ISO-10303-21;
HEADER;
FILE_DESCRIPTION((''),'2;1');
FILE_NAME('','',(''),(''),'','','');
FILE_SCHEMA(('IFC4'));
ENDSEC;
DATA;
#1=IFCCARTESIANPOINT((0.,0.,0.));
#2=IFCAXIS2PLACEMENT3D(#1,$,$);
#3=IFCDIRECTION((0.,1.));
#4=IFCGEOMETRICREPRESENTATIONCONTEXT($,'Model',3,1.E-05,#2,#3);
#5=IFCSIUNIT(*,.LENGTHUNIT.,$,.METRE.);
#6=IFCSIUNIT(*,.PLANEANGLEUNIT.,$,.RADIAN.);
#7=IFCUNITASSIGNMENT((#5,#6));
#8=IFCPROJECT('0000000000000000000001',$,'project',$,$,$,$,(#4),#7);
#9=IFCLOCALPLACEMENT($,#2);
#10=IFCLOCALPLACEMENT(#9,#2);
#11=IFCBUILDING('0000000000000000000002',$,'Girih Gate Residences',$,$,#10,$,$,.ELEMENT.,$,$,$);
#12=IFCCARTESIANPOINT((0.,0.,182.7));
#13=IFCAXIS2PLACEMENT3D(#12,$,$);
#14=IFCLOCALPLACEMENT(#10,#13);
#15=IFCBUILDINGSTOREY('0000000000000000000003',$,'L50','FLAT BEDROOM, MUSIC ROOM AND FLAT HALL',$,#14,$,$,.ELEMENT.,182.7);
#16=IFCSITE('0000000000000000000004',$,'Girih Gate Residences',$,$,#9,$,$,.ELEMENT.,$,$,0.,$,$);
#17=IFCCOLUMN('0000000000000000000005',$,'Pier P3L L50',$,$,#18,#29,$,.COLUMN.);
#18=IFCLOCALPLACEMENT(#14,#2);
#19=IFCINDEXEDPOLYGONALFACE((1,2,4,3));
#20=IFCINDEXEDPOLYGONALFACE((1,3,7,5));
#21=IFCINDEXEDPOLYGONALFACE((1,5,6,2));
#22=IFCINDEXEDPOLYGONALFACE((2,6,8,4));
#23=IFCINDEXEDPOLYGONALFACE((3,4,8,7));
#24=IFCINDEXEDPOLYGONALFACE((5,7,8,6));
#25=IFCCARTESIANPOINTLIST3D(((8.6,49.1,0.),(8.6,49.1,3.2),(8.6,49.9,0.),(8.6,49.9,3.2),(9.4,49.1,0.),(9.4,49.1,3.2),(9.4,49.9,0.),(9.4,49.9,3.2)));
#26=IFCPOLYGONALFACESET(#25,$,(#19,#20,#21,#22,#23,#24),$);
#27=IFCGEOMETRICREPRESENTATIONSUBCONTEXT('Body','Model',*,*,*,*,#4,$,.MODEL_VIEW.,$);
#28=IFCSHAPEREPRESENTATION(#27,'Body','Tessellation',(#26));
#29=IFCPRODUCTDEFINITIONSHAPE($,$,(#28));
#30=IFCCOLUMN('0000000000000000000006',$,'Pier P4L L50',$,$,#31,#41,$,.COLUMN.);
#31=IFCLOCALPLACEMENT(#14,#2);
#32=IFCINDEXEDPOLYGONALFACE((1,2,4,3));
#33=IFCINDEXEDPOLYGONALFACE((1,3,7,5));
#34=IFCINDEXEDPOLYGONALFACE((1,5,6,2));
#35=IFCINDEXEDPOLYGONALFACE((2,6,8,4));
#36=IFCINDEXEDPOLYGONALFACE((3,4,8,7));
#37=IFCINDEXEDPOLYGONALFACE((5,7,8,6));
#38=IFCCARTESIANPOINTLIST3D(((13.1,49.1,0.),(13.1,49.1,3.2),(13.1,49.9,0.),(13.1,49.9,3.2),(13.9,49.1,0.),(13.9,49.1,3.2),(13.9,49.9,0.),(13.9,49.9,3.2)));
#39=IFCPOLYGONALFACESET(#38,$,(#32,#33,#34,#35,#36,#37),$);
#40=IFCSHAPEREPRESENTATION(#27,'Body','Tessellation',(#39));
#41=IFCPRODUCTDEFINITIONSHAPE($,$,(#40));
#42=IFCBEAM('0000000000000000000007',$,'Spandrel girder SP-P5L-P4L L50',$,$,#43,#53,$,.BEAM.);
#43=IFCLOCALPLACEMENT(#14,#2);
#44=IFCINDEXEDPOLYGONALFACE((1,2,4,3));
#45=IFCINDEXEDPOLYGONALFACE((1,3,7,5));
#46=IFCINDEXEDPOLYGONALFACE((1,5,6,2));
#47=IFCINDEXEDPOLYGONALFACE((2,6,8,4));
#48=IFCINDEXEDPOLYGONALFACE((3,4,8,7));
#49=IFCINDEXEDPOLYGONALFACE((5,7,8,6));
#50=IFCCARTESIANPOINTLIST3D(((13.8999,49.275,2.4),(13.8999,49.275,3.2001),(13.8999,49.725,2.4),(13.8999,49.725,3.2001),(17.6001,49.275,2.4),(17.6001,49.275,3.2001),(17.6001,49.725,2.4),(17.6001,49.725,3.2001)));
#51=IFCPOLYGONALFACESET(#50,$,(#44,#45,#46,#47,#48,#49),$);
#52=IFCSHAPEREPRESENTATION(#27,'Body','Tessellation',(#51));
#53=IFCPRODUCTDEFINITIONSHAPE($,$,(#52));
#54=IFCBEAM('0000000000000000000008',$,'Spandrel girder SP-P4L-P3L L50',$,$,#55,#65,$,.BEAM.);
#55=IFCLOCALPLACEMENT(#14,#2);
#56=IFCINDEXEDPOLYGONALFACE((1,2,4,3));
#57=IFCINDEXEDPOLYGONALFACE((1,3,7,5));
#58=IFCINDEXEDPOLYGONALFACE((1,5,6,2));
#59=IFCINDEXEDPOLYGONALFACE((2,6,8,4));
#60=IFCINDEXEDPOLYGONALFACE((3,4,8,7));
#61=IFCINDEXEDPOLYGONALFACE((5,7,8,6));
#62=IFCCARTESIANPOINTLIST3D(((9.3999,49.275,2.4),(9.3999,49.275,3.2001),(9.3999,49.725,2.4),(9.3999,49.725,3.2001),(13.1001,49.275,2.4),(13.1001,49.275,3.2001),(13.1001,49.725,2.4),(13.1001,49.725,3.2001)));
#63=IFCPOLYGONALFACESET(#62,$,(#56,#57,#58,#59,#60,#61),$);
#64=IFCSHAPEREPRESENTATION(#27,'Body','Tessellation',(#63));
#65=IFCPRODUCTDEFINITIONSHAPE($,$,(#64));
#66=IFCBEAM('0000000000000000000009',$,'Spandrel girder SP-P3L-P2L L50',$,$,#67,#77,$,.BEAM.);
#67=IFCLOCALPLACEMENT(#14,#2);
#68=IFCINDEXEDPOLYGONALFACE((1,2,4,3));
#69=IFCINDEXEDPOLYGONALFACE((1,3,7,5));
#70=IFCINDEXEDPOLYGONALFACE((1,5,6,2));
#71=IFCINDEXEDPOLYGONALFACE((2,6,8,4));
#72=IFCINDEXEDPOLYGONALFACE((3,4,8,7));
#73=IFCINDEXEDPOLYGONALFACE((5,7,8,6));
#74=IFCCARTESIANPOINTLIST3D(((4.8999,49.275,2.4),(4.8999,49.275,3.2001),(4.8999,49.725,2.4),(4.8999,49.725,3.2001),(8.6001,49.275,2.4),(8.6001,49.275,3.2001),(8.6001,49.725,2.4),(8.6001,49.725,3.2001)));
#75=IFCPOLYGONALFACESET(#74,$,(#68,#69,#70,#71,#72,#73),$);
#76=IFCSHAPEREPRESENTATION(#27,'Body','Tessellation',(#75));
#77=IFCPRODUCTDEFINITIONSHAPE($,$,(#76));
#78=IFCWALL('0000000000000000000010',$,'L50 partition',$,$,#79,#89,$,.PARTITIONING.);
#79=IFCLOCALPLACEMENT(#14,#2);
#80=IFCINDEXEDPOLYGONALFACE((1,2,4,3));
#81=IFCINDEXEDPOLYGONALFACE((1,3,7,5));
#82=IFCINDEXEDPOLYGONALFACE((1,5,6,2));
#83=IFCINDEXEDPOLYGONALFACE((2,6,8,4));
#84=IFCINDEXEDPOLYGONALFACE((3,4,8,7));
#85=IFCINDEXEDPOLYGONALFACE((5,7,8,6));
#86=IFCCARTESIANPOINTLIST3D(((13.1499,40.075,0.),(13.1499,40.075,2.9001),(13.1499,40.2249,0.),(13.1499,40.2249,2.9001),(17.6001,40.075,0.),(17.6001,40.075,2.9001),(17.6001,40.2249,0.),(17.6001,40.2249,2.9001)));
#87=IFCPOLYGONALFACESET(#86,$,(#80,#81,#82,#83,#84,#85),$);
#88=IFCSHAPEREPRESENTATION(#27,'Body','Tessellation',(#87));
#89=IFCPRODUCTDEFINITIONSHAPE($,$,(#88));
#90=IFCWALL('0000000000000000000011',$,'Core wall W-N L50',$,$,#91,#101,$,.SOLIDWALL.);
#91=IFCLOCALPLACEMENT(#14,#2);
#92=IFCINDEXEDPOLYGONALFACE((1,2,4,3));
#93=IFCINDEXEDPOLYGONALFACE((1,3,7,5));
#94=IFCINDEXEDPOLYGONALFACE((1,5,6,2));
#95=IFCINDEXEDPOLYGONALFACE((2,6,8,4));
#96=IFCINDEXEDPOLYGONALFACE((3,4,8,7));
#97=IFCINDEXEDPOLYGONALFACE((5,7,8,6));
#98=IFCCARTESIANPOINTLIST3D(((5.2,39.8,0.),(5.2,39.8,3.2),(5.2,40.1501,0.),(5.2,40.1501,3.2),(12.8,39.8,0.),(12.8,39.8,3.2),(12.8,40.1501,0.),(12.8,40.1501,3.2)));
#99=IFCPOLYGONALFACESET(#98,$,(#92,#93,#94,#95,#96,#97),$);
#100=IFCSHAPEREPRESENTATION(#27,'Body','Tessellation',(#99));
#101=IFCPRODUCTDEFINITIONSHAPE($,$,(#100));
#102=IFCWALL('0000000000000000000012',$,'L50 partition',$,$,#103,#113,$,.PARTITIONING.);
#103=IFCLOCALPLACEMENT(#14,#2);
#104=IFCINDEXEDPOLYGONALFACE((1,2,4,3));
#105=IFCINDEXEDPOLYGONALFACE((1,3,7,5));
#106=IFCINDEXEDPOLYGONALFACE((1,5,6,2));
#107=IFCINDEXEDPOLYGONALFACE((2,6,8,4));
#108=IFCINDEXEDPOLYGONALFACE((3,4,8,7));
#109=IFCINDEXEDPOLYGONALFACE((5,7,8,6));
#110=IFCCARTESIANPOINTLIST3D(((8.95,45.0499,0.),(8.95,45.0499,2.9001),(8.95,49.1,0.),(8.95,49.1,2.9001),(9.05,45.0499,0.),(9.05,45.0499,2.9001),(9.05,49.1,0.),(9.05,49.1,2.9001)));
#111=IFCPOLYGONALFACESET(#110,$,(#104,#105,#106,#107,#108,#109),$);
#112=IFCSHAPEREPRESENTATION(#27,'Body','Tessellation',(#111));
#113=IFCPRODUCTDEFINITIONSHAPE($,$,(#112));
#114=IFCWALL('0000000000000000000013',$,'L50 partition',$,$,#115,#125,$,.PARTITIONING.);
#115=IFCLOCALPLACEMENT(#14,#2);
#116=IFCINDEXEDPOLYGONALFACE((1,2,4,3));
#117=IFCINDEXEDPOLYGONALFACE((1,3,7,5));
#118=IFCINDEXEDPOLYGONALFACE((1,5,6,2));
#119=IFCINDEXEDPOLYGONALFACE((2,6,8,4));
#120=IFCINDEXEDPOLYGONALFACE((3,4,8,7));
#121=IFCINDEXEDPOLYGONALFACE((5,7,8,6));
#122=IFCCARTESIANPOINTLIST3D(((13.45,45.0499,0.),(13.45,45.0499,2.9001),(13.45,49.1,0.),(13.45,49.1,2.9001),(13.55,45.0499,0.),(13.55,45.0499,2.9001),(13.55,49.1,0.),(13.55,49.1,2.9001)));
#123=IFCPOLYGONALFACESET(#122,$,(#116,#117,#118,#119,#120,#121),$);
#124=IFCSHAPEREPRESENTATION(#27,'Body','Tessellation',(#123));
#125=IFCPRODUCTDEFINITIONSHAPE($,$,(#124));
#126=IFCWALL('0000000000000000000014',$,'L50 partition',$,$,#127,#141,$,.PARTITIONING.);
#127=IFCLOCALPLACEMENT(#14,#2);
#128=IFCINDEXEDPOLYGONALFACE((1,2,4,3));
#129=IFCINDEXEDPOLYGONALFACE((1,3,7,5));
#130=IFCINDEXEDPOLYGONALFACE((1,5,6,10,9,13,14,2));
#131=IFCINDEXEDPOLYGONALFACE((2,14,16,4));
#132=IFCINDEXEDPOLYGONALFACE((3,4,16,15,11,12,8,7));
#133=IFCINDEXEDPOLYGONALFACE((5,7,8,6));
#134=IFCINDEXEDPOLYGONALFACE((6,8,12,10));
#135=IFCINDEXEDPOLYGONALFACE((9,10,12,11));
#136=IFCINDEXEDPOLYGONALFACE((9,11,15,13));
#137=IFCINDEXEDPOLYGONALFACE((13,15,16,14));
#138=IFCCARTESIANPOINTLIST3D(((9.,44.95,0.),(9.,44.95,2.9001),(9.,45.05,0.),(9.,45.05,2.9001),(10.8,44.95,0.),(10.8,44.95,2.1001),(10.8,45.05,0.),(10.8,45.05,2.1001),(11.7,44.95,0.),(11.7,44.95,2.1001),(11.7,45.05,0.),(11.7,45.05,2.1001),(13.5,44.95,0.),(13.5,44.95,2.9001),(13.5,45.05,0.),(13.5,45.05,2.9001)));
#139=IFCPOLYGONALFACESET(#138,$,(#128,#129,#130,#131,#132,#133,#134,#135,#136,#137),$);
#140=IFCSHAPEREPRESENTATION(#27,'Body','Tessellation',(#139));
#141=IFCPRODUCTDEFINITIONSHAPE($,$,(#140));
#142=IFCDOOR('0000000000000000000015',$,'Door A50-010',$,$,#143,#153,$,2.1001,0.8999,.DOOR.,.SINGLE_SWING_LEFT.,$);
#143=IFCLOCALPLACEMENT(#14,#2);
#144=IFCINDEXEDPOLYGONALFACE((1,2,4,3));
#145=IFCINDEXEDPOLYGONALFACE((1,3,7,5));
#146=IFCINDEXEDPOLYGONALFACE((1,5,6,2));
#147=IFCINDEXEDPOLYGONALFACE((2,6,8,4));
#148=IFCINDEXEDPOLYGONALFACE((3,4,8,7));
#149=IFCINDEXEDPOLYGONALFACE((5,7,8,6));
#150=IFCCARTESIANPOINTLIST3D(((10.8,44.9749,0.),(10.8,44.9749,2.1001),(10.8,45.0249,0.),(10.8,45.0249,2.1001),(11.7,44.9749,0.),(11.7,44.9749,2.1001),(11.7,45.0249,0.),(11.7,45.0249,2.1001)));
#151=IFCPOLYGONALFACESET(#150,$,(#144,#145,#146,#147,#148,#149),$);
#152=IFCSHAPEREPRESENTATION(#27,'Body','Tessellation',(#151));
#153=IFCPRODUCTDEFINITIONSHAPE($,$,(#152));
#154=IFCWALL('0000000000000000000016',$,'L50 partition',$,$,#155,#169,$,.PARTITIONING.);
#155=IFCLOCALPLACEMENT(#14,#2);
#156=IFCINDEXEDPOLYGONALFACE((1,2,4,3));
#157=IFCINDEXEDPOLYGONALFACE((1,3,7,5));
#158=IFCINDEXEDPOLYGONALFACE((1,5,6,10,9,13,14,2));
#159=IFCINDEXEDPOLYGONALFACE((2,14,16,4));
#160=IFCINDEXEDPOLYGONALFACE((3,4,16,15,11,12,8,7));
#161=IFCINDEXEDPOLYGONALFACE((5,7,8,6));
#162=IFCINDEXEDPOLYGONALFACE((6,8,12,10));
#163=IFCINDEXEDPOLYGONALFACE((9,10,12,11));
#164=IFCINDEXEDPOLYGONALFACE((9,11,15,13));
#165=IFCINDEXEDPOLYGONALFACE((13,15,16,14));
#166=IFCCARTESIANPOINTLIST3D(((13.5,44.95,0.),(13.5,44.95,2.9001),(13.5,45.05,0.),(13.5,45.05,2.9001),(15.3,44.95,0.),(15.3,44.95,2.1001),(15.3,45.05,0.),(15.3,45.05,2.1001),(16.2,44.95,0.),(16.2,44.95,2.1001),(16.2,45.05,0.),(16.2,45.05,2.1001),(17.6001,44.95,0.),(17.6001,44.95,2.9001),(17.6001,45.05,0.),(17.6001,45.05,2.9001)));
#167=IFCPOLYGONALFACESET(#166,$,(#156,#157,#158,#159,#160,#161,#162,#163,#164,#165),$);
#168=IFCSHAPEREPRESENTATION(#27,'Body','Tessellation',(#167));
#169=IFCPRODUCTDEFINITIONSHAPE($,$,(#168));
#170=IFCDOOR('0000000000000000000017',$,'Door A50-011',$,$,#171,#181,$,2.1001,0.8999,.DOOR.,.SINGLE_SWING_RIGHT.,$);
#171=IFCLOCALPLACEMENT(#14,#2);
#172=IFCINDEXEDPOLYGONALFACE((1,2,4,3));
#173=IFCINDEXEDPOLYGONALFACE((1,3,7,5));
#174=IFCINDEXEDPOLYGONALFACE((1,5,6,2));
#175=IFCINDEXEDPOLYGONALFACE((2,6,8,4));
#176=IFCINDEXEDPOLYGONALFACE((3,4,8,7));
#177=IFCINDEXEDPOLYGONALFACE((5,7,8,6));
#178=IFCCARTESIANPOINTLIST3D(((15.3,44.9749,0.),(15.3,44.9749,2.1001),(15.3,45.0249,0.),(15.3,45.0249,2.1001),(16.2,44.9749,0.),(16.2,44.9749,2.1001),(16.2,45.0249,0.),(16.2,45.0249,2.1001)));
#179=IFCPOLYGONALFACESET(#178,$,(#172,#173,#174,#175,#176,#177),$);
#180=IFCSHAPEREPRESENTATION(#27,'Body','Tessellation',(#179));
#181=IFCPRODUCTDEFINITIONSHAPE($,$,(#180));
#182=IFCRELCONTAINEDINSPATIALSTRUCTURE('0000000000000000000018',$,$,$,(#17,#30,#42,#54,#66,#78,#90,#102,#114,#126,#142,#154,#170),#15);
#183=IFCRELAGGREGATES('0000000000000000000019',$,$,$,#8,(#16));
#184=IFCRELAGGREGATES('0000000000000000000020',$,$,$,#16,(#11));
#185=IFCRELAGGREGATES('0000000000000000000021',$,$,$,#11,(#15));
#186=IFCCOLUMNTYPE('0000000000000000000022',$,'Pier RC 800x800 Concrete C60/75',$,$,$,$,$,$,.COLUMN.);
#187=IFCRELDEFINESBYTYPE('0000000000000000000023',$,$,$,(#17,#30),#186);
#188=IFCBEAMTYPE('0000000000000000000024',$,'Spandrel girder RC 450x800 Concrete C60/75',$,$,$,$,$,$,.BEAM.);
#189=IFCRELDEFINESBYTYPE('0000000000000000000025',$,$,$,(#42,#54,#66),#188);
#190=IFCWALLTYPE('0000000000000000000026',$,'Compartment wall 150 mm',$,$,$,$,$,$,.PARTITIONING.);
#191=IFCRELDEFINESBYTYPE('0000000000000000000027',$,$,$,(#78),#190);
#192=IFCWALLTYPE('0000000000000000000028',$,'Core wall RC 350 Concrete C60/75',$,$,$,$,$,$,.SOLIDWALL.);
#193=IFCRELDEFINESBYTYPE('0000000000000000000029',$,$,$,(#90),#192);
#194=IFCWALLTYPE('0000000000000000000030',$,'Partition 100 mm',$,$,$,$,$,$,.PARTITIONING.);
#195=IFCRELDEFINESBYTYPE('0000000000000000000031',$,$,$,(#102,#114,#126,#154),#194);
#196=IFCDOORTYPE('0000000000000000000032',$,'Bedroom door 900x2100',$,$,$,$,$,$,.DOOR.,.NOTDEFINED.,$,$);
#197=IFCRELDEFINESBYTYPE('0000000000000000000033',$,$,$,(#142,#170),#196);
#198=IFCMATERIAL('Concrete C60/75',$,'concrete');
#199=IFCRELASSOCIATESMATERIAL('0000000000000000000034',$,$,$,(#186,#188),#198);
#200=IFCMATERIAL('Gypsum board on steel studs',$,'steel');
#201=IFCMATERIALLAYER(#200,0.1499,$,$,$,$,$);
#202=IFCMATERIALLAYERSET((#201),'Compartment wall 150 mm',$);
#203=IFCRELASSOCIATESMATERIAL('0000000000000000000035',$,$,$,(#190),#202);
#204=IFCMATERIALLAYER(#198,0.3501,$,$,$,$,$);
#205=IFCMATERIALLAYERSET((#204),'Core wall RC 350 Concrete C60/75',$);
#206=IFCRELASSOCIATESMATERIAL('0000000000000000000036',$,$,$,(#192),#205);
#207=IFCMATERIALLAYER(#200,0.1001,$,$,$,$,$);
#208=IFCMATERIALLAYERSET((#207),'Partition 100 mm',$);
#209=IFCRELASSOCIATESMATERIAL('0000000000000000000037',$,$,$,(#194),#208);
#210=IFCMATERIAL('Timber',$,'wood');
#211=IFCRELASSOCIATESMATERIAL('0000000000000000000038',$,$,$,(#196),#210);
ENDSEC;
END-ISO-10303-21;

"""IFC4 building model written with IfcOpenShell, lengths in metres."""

from ifc_helpers import new_model, si_unit, direction, frame, frame_2d, origin, origin_2d, place, context, subcontext, project, spatial, rectangle, extrude, material, layer, layer_set, material_profile, profile_set, type_object, element, fill, save


model = new_model("IFC4")

# Units and contexts
model_context = context("Model", 3, precision=1e-05, world=origin(), true_north=direction((0.0, 1.0)))
body_context = subcontext(model_context, "Body", "Model", "MODEL_VIEW")
ifc_project = project(units=[si_unit("LENGTHUNIT", "METRE"), si_unit("PLANEANGLEUNIT", "RADIAN")], contexts=[model_context])

# Site, building, storey
site_placement = place(None, origin())
site = spatial("IfcSite", under=ifc_project, at=site_placement, Name="Girih Gate Residences", CompositionType="ELEMENT", RefElevation=0.0)
building_placement = place(site_placement, origin())
building = spatial("IfcBuilding", under=site, at=building_placement, Name="Girih Gate Residences", CompositionType="ELEMENT")
storey_placement = place(building_placement, frame((0.0, 0.0, 182.7)))
storey = spatial("IfcBuildingStorey", under=building, at=storey_placement, Name="L50", Description="FLAT BEDROOM, MUSIC ROOM AND FLAT HALL", CompositionType="ELEMENT", Elevation=182.7)

# Columns
ifc_material_1 = material(Name="Concrete C60/75", Category="concrete")
ifc_material_profile_1 = material_profile(ifc_material_1, rectangle(XDim=0.8, YDim=0.8, at=origin_2d()))
ifc_profile_set_1 = profile_set([ifc_material_profile_1], Name="Concrete C60/75")
column_type = type_object("IfcColumnType", Name="Pier RC 800x800 Concrete C60/75", PredefinedType="COLUMN", material=ifc_profile_set_1)
for number, where, z_axis, x_axis, name in (
    (1, (9.0, 49.5, 0.0), (0.0, 0.0, 1.0), (1.0, 0.0, 0.0), "Pier P3L L50"),
    (2, (13.5, 49.5, 0.0), (0.0, 0.0, 1.0), (1.0, 0.0, 0.0), "Pier P4L L50"),
):
    element("IfcColumn", number, at=place(storey_placement, frame(where, z_axis=z_axis, x_axis=x_axis)), inside=storey, type_object=column_type, Name=name, PredefinedType="COLUMN", context=body_context, shape_type="SweptSolid", body=[
        extrude(rectangle(XDim=0.8, YDim=0.8, at=origin_2d()), origin(), (0.0, 0.0, 1.0), 3.2),
    ])

# Beams
ifc_material_profile_2 = material_profile(ifc_material_1, rectangle(XDim=0.45, YDim=0.8, at=origin_2d()))
ifc_profile_set_2 = profile_set([ifc_material_profile_2], Name="Concrete C60/75")
beam_type = type_object("IfcBeamType", Name="Spandrel girder RC 450x800 Concrete C60/75", PredefinedType="BEAM", material=ifc_profile_set_2)
for number, where, z_axis, x_axis, name in (
    (3, (17.6001, 49.5, 2.8), (-1.0, 0.0, 0.0), (0.0, -1.0, 0.0), "Spandrel girder SP-P5L-P4L L50"),
    (4, (13.1001, 49.5, 2.8), (-1.0, 0.0, 0.0), (0.0, -1.0, 0.0), "Spandrel girder SP-P4L-P3L L50"),
    (5, (8.6001, 49.5, 2.8), (-1.0, 0.0, 0.0), (0.0, -1.0, 0.0), "Spandrel girder SP-P3L-P2L L50"),
):
    element("IfcBeam", number, at=place(storey_placement, frame(where, z_axis=z_axis, x_axis=x_axis)), inside=storey, type_object=beam_type, Name=name, PredefinedType="BEAM", context=body_context, shape_type="SweptSolid", body=[
        extrude(rectangle(XDim=0.45, YDim=0.8, at=origin_2d()), origin(), (0.0, 0.0, 1.0), 3.7002),
    ])

# Walls
ifc_material_2 = material(Name="Gypsum board on steel studs", Category="steel")
ifc_layer_1 = layer(ifc_material_2, 0.1499)
ifc_layer_set_1 = layer_set([ifc_layer_1], Name="Compartment wall 150 mm")
wall_type_1 = type_object("IfcWallType", Name="Compartment wall 150 mm", PredefinedType="PARTITIONING", material=ifc_layer_set_1)
wall_1_placement = place(storey_placement, frame((13.1499, 40.1499, 0.0), z_axis=(0.0, 0.0, 1.0), x_axis=(1.0, 0.0, 0.0)))
element("IfcWall", 6, at=wall_1_placement, inside=storey, type_object=wall_type_1, Name="L50 partition", PredefinedType="PARTITIONING", context=body_context, shape_type="SweptSolid", body=[
    extrude(rectangle(XDim=4.4502, YDim=0.1499, at=frame_2d((2.2251, 0.0))), origin(), (0.0, 0.0, 1.0), 2.9001),
])
ifc_layer_2 = layer(ifc_material_1, 0.3501)
ifc_layer_set_2 = layer_set([ifc_layer_2], Name="Core wall RC 350 Concrete C60/75")
wall_type_2 = type_object("IfcWallType", Name="Core wall RC 350 Concrete C60/75", PredefinedType="SOLIDWALL", material=ifc_layer_set_2)
wall_2_placement = place(storey_placement, frame((5.2, 39.9751, 0.0), z_axis=(0.0, 0.0, 1.0), x_axis=(1.0, 0.0, 0.0)))
element("IfcWall", 7, at=wall_2_placement, inside=storey, type_object=wall_type_2, Name="Core wall W-N L50", PredefinedType="SOLIDWALL", context=body_context, shape_type="SweptSolid", body=[
    extrude(rectangle(XDim=7.6001, YDim=0.3501, at=frame_2d((3.8, 0.0))), origin(), (0.0, 0.0, 1.0), 3.2),
])
ifc_layer_3 = layer(ifc_material_2, 0.1001)
ifc_layer_set_3 = layer_set([ifc_layer_3], Name="Partition 100 mm")
wall_type_3 = type_object("IfcWallType", Name="Partition 100 mm", PredefinedType="PARTITIONING", material=ifc_layer_set_3)
for number, where, z_axis, x_axis, name in (
    (8, (9.0, 45.05, 0.0), (0.0, 0.0, 1.0), (0.0, 1.0, 0.0), "L50 partition"),
    (9, (13.5, 45.05, 0.0), (0.0, 0.0, 1.0), (0.0, 1.0, 0.0), "L50 partition"),
):
    element("IfcWall", number, at=place(storey_placement, frame(where, z_axis=z_axis, x_axis=x_axis)), inside=storey, type_object=wall_type_3, Name=name, PredefinedType="PARTITIONING", context=body_context, shape_type="SweptSolid", body=[
        extrude(rectangle(XDim=4.05, YDim=0.1001, at=frame_2d((2.0249, 0.0))), origin(), (0.0, 0.0, 1.0), 2.9001),
    ])

# Walls, openings, doors
wall_3_placement = place(storey_placement, frame((9.0, 45.0, 0.0), z_axis=(0.0, 0.0, 1.0), x_axis=(1.0, 0.0, 0.0)))
wall_3 = element("IfcWall", 10, at=wall_3_placement, inside=storey, type_object=wall_type_3, Name="L50 partition", PredefinedType="PARTITIONING", context=body_context, shape_type="SweptSolid", body=[
    extrude(rectangle(XDim=4.5, YDim=0.1001, at=frame_2d((2.25, 0.0))), origin(), (0.0, 0.0, 1.0), 2.9001),
])
opening_1_placement = place(wall_3_placement, frame((1.8, 0.0, 0.0)))
opening_1 = element("IfcOpeningElement", 11, at=opening_1_placement, cuts=wall_3, PredefinedType="OPENING", context=body_context, shape_type="SweptSolid", body=[
    extrude(rectangle(XDim=0.8999, YDim=2.1001, at=frame_2d((0.45, 1.05))), frame((0.0, 0.0601, 0.0), z_axis=(0.0, -1.0, 0.0), x_axis=(1.0, 0.0, 0.0)), (0.0, 0.0, 1.0), 0.1201),
])
ifc_material_3 = material(Name="Timber", Category="wood")
door_type_1 = type_object("IfcDoorType", Name="Bedroom door 900x2100", OperationType="NOTDEFINED", PredefinedType="DOOR", material=ifc_material_3)
door_1_placement = place(opening_1_placement, origin())
door_1 = element("IfcDoor", 12, at=door_1_placement, inside=storey, type_object=door_type_1, Name="Door A50-010", OperationType="SINGLE_SWING_LEFT", OverallHeight=2.1001, OverallWidth=0.8999, PredefinedType="DOOR", context=body_context, shape_type="SweptSolid", body=[
    extrude(rectangle(XDim=0.8999, YDim=2.1001, at=frame_2d((0.45, 1.05))), frame((0.0, 0.0249, 0.0), z_axis=(0.0, -1.0, 0.0), x_axis=(1.0, 0.0, 0.0)), (0.0, 0.0, 1.0), 0.05),
])
fill(opening_1, door_1)
wall_4_placement = place(storey_placement, frame((13.5, 45.0, 0.0), z_axis=(0.0, 0.0, 1.0), x_axis=(1.0, 0.0, 0.0)))
wall_4 = element("IfcWall", 13, at=wall_4_placement, inside=storey, type_object=wall_type_3, Name="L50 partition", PredefinedType="PARTITIONING", context=body_context, shape_type="SweptSolid", body=[
    extrude(rectangle(XDim=4.1001, YDim=0.1001, at=frame_2d((2.05, 0.0))), origin(), (0.0, 0.0, 1.0), 2.9001),
])
opening_2_placement = place(wall_4_placement, frame((1.8, 0.0, 0.0)))
opening_2 = element("IfcOpeningElement", 14, at=opening_2_placement, cuts=wall_4, PredefinedType="OPENING", context=body_context, shape_type="SweptSolid", body=[
    extrude(rectangle(XDim=0.8999, YDim=2.1001, at=frame_2d((0.45, 1.05))), frame((0.0, 0.0601, 0.0), z_axis=(0.0, -1.0, 0.0), x_axis=(1.0, 0.0, 0.0)), (0.0, 0.0, 1.0), 0.1201),
])
door_2_placement = place(opening_2_placement, origin())
door_2 = element("IfcDoor", 15, at=door_2_placement, inside=storey, type_object=door_type_1, Name="Door A50-011", OperationType="SINGLE_SWING_RIGHT", OverallHeight=2.1001, OverallWidth=0.8999, PredefinedType="DOOR", context=body_context, shape_type="SweptSolid", body=[
    extrude(rectangle(XDim=0.8999, YDim=2.1001, at=frame_2d((0.45, 1.05))), frame((0.0, 0.0249, 0.0), z_axis=(0.0, -1.0, 0.0), x_axis=(1.0, 0.0, 0.0)), (0.0, 0.0, 1.0), 0.05),
])
fill(opening_2, door_2)

save(model, "model.ifc")
